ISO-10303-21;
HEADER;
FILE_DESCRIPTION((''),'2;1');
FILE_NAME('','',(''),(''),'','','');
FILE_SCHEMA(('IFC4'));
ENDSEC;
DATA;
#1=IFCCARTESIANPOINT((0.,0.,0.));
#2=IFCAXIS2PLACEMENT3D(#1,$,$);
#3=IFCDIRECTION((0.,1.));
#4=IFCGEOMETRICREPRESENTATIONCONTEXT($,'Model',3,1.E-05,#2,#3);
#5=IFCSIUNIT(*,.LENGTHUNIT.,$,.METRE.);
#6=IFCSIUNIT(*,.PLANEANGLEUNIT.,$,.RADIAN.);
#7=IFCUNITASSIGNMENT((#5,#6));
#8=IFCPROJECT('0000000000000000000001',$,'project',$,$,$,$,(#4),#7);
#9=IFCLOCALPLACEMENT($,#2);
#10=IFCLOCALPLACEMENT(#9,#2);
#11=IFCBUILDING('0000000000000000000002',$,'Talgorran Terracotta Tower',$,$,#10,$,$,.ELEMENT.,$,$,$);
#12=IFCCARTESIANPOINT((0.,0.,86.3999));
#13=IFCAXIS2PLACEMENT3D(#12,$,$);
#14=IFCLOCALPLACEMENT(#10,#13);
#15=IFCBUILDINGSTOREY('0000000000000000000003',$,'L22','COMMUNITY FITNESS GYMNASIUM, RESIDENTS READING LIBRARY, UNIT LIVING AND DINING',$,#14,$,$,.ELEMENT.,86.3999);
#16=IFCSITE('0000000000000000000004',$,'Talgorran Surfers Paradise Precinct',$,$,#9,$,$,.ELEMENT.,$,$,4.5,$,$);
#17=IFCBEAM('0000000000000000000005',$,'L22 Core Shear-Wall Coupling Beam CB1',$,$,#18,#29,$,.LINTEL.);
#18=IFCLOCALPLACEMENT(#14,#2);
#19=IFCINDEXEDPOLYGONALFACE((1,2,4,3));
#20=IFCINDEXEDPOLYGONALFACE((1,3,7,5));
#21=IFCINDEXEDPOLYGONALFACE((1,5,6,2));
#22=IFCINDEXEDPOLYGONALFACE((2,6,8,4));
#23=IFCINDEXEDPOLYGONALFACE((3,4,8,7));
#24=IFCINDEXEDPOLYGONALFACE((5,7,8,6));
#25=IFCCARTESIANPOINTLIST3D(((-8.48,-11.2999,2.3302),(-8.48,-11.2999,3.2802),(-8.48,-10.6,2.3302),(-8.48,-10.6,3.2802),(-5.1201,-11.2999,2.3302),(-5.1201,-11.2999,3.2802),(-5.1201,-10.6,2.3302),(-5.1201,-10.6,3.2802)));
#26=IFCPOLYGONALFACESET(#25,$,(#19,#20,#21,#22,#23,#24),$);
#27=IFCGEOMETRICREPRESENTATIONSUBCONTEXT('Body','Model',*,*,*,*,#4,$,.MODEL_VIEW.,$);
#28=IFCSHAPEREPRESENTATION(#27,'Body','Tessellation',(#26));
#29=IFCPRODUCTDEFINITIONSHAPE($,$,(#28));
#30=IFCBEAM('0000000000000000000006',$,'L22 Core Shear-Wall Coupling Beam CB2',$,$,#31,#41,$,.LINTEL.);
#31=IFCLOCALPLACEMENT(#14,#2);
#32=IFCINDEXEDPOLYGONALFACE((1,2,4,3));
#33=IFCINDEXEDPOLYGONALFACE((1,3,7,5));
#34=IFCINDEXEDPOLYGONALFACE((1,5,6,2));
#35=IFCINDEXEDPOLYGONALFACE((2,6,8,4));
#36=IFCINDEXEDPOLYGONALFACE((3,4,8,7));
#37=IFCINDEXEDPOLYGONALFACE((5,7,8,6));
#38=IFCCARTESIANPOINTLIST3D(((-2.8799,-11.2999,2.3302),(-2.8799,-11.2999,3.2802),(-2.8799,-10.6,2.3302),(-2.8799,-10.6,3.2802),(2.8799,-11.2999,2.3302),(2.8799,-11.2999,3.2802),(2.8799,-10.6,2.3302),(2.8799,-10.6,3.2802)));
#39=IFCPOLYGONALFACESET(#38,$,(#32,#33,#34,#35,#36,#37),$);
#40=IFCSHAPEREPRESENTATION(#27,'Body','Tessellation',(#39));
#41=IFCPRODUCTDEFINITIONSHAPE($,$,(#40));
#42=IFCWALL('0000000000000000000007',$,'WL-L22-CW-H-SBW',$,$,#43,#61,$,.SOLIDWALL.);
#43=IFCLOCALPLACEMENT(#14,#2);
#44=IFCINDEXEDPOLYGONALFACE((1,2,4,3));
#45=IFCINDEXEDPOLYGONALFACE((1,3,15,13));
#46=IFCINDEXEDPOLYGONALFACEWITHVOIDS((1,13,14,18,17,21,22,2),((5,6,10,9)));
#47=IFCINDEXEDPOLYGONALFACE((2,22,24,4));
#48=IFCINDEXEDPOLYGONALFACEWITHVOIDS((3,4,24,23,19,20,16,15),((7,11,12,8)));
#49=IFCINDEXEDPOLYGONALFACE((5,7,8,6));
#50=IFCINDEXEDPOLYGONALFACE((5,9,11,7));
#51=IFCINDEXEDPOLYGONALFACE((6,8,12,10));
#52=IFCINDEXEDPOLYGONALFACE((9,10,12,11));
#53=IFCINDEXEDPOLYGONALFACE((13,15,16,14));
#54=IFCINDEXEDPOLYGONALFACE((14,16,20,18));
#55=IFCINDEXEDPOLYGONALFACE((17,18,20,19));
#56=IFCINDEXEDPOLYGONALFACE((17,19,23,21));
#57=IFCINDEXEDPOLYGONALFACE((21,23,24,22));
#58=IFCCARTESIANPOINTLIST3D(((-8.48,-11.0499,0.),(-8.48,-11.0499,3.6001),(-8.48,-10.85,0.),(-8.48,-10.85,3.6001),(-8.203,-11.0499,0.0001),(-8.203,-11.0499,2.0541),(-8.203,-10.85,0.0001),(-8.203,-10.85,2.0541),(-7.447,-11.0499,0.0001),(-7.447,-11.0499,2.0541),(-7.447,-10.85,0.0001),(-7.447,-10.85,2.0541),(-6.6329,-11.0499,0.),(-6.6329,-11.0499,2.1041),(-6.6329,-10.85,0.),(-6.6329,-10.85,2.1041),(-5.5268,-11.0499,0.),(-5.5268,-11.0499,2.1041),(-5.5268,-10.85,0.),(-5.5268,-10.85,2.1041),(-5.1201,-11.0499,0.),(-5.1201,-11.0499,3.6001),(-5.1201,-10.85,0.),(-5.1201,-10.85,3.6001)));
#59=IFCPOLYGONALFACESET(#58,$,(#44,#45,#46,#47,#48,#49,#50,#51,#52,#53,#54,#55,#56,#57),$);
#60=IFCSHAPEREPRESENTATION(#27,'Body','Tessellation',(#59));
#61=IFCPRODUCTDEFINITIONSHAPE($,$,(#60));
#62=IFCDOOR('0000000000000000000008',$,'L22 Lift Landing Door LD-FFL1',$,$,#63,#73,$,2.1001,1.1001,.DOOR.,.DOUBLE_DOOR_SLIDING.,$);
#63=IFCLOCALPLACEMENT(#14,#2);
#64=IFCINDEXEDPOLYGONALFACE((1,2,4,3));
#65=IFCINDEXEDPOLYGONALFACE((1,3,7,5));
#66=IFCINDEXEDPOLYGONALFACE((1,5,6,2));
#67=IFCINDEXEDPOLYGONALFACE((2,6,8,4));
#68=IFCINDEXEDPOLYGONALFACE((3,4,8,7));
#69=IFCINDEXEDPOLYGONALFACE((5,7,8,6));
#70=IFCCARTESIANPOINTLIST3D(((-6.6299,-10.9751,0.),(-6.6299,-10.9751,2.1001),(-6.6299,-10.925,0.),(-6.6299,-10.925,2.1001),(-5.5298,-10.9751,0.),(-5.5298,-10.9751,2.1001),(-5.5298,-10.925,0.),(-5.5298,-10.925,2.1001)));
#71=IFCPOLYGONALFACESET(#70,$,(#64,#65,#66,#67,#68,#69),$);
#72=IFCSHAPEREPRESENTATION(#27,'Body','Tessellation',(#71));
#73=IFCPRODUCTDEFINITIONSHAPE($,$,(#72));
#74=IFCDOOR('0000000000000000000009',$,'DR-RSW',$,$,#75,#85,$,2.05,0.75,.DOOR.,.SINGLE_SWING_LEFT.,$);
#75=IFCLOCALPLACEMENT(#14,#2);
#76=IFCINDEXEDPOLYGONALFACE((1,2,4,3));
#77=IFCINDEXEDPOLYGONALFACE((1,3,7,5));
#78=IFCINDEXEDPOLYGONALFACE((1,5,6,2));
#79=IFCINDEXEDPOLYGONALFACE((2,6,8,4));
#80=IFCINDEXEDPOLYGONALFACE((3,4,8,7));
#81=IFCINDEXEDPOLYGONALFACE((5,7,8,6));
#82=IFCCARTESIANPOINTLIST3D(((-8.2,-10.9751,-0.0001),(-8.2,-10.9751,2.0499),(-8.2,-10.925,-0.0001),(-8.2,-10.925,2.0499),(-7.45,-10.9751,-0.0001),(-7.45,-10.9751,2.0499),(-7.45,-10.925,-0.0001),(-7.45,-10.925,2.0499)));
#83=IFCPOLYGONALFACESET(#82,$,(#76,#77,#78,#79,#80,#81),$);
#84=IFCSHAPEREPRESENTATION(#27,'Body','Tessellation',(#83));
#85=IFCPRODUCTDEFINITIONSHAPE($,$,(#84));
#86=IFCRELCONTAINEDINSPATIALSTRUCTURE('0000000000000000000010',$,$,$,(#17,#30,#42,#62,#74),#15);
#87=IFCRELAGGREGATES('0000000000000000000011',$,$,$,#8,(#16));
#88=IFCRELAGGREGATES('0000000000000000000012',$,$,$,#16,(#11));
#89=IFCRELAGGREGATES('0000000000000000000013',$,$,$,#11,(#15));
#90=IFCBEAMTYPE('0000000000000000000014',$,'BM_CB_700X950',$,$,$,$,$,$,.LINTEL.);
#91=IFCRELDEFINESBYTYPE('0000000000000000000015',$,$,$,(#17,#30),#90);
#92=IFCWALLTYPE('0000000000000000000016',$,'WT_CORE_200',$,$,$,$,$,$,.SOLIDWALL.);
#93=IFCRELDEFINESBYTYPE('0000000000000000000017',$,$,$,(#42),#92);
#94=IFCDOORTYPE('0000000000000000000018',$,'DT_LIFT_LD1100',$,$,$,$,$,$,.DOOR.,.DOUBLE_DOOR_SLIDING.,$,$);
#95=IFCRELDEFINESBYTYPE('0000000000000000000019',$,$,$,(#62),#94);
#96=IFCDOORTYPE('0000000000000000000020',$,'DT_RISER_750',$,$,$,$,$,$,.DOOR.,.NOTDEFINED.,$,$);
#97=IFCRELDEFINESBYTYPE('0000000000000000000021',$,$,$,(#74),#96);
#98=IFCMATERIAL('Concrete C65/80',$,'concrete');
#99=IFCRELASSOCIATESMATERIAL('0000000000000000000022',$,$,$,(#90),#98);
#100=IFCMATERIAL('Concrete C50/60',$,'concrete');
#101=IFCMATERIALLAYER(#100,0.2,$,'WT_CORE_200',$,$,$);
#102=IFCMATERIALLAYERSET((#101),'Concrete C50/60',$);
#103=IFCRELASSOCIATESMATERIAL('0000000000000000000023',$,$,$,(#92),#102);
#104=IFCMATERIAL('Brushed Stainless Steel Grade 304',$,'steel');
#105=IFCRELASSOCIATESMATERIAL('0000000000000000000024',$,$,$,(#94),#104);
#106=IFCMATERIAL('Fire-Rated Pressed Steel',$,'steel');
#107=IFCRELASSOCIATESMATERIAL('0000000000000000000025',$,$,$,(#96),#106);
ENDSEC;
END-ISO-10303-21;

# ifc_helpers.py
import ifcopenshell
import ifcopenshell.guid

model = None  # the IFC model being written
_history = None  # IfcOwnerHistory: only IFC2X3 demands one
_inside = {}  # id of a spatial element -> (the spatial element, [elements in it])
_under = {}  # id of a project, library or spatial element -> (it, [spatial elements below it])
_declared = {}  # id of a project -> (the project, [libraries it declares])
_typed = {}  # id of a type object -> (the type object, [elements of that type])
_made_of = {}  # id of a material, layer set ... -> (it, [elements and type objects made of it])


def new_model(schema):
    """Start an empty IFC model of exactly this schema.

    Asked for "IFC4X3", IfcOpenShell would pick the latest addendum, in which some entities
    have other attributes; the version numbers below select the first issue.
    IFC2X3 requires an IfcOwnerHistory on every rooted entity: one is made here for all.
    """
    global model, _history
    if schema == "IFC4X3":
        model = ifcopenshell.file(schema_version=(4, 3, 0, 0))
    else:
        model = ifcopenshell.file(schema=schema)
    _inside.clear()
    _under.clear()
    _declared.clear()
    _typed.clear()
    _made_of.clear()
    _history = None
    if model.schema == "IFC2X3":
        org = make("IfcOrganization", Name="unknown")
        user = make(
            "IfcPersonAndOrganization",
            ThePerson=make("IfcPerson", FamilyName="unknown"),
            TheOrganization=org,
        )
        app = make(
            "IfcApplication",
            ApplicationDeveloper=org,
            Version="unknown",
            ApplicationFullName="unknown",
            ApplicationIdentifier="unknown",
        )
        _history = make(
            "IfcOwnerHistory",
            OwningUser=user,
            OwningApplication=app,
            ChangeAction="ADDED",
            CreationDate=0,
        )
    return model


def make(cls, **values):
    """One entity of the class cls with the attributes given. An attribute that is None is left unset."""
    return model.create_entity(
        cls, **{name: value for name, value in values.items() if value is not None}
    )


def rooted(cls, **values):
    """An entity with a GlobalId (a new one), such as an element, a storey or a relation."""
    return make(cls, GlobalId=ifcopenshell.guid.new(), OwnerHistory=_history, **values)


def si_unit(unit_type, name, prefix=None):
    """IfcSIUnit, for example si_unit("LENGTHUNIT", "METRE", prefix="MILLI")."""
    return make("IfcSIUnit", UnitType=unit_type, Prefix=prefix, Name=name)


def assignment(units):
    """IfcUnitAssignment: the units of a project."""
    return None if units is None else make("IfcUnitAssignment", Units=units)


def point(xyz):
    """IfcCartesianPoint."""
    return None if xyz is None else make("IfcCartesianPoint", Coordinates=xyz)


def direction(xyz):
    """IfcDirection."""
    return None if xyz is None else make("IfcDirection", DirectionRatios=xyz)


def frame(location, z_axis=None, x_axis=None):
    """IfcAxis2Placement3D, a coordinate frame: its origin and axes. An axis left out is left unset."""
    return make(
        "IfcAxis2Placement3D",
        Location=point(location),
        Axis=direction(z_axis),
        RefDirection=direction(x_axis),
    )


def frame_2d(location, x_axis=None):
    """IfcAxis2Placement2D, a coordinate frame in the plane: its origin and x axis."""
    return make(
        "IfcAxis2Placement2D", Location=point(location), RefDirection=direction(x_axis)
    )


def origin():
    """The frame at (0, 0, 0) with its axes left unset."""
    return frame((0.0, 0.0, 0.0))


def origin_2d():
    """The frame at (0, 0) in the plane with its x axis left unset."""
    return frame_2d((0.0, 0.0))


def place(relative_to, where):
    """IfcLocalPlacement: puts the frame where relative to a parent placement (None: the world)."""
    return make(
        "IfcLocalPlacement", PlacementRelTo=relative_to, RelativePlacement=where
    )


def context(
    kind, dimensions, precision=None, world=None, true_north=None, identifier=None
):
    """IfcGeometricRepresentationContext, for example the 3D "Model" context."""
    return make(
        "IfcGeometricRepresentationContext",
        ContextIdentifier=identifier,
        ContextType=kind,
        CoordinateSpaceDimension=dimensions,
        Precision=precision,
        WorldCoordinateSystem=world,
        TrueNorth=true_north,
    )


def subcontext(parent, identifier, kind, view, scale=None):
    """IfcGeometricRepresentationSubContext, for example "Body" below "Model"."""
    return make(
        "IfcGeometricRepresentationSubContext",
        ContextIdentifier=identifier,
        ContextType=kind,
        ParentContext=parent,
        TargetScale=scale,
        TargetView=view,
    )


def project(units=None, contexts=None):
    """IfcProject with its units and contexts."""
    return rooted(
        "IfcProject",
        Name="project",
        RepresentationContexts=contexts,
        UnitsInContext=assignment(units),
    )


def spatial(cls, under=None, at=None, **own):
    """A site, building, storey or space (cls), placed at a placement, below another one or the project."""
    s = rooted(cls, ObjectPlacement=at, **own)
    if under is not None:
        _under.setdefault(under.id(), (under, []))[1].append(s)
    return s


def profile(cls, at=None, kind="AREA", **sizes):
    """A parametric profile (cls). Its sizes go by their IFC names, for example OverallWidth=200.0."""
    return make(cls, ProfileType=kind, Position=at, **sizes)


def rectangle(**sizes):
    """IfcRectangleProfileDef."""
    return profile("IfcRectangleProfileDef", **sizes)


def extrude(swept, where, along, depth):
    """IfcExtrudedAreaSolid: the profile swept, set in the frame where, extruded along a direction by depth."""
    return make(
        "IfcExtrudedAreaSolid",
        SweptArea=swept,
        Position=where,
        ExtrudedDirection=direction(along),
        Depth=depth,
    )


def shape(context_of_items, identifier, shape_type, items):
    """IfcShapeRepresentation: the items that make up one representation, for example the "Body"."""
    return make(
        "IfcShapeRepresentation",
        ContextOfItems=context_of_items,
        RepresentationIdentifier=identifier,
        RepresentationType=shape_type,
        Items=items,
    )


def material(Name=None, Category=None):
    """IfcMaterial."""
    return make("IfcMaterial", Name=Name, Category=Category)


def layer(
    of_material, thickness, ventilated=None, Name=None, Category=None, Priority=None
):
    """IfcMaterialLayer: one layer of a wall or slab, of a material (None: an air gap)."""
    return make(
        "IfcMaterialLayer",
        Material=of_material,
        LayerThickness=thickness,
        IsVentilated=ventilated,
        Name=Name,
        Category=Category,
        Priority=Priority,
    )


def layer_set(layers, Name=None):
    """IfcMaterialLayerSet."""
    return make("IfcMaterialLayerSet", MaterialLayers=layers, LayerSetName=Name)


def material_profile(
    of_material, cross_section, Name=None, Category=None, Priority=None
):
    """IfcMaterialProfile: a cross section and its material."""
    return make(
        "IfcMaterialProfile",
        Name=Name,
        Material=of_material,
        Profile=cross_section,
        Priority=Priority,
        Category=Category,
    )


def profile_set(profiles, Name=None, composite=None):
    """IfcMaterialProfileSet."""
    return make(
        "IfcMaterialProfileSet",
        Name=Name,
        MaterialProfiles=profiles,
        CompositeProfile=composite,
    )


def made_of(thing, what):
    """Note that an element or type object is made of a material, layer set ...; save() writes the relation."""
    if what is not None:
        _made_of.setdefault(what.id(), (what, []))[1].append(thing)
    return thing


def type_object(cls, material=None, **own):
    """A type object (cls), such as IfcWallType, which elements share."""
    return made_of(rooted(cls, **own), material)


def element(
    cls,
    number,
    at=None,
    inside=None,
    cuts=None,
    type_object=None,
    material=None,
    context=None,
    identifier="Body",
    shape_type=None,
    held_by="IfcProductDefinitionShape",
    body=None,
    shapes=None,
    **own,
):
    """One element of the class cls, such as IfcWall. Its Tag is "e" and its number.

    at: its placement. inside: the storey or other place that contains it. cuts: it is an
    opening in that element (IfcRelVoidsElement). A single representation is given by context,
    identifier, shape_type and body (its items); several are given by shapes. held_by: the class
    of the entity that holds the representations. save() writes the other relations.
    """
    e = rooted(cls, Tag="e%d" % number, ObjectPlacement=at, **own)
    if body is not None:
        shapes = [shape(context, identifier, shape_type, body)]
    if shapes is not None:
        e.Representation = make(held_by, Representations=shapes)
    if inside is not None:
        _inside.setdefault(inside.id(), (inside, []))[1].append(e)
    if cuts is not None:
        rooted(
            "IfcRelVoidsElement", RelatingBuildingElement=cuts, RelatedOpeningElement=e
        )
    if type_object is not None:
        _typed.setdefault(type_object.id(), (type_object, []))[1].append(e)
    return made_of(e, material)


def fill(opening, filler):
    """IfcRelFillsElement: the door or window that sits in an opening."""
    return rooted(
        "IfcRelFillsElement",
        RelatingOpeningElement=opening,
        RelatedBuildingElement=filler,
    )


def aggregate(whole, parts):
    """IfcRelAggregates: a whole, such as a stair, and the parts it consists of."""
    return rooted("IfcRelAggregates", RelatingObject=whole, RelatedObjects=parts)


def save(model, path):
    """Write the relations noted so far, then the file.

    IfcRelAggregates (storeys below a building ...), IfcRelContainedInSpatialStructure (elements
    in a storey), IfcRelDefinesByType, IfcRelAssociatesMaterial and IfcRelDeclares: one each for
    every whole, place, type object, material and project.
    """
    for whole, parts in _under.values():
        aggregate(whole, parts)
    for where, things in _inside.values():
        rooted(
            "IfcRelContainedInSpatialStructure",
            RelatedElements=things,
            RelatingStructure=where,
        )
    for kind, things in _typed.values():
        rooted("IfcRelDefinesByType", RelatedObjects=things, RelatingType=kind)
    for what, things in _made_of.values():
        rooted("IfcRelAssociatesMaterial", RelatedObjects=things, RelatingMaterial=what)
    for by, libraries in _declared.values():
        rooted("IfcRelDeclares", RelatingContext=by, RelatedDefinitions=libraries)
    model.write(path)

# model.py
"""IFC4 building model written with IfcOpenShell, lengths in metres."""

from ifc_helpers import new_model, si_unit, direction, frame, frame_2d, origin, origin_2d, place, context, subcontext, project, spatial, rectangle, extrude, material, layer, layer_set, material_profile, profile_set, type_object, element, fill, save


model = new_model("IFC4")

# Units and contexts
model_context = context("Model", 3, precision=1e-05, world=origin(), true_north=direction((0.0, 1.0)))
body_context = subcontext(model_context, "Body", "Model", "MODEL_VIEW")
ifc_project = project(units=[si_unit("LENGTHUNIT", "METRE"), si_unit("PLANEANGLEUNIT", "RADIAN")], contexts=[model_context])

# Site, building, storey
site_placement = place(None, origin())
site = spatial("IfcSite", under=ifc_project, at=site_placement, Name="Talgorran Surfers Paradise Precinct", CompositionType="ELEMENT", RefElevation=4.5)
building_placement = place(site_placement, origin())
building = spatial("IfcBuilding", under=site, at=building_placement, Name="Talgorran Terracotta Tower", CompositionType="ELEMENT")
storey_placement = place(building_placement, frame((0.0, 0.0, 86.3999)))
storey = spatial("IfcBuildingStorey", under=building, at=storey_placement, Name="L22", Description="COMMUNITY FITNESS GYMNASIUM, RESIDENTS READING LIBRARY, UNIT LIVING AND DINING", CompositionType="ELEMENT", Elevation=86.3999)

# Beams
ifc_material_1 = material(Name="Concrete C65/80", Category="concrete")
ifc_material_profile = material_profile(ifc_material_1, rectangle(XDim=0.7, YDim=0.95, at=origin_2d()), Name="RCCB700X950")
ifc_profile_set = profile_set([ifc_material_profile], Name="Concrete C65/80")
beam_type = type_object("IfcBeamType", Name="BM_CB_700X950", PredefinedType="LINTEL", material=ifc_profile_set)
beam_1_placement = place(storey_placement, frame((-8.48, -10.95, 2.8052), z_axis=(1.0, 0.0, 0.0), x_axis=(0.0, 1.0, 0.0)))
element("IfcBeam", 1, at=beam_1_placement, inside=storey, type_object=beam_type, Name="L22 Core Shear-Wall Coupling Beam CB1", PredefinedType="LINTEL", context=body_context, shape_type="SweptSolid", body=[
    extrude(rectangle(XDim=0.7, YDim=0.95, at=origin_2d()), origin(), (0.0, 0.0, 1.0), 3.3599),
])
beam_2_placement = place(storey_placement, frame((-2.8799, -10.95, 2.8052), z_axis=(1.0, 0.0, 0.0), x_axis=(0.0, 1.0, 0.0)))
element("IfcBeam", 2, at=beam_2_placement, inside=storey, type_object=beam_type, Name="L22 Core Shear-Wall Coupling Beam CB2", PredefinedType="LINTEL", context=body_context, shape_type="SweptSolid", body=[
    extrude(rectangle(XDim=0.7, YDim=0.95, at=origin_2d()), origin(), (0.0, 0.0, 1.0), 5.7598),
])

# Wall, openings, doors
ifc_material_2 = material(Name="Concrete C50/60", Category="concrete")
ifc_layer_1 = layer(ifc_material_2, 0.2, Name="WT_CORE_200")
ifc_layer_set_1 = layer_set([ifc_layer_1], Name="Concrete C50/60")
wall_type_1 = type_object("IfcWallType", Name="WT_CORE_200", PredefinedType="SOLIDWALL", material=ifc_layer_set_1)
wall_1_placement = place(storey_placement, frame((-8.48, -10.95, 0.0), z_axis=(0.0, 0.0, 1.0), x_axis=(1.0, 0.0, 0.0)))
wall_1 = element("IfcWall", 3, at=wall_1_placement, inside=storey, type_object=wall_type_1, Name="WL-L22-CW-H-SBW", PredefinedType="SOLIDWALL", context=body_context, shape_type="SweptSolid", body=[
    extrude(rectangle(XDim=3.3599, YDim=0.2, at=frame_2d((1.6799, 0.0))), origin(), (0.0, 0.0, 1.0), 3.6001),
])
opening_1_placement = place(wall_1_placement, frame((0.28, 0.0, 0.0)))
opening_1 = element("IfcOpeningElement", 4, at=opening_1_placement, cuts=wall_1, PredefinedType="OPENING", context=body_context, shape_type="SweptSolid", body=[
    extrude(rectangle(XDim=0.756, YDim=2.054, at=frame_2d((0.375, 1.0271))), frame((0.0, 0.1099, 0.0), z_axis=(0.0, -1.0, 0.0), x_axis=(1.0, 0.0, 0.0)), (0.0, 0.0, 1.0), 0.22),
])
opening_2_placement = place(wall_1_placement, frame((1.8501, 0.0, 0.0)))
opening_2 = element("IfcOpeningElement", 5, at=opening_2_placement, cuts=wall_1, PredefinedType="OPENING", context=body_context, shape_type="SweptSolid", body=[
    extrude(rectangle(XDim=1.1061, YDim=2.1041, at=frame_2d((0.55, 1.052))), frame((0.0, 0.1099, 0.0), z_axis=(0.0, -1.0, 0.0), x_axis=(1.0, 0.0, 0.0)), (0.0, 0.0, 1.0), 0.22),
])
ifc_material_3 = material(Name="Brushed Stainless Steel Grade 304", Category="steel")
door_type_1 = type_object("IfcDoorType", Name="DT_LIFT_LD1100", OperationType="DOUBLE_DOOR_SLIDING", PredefinedType="DOOR", material=ifc_material_3)
door_1_placement = place(opening_2_placement, origin())
door_1 = element("IfcDoor", 6, at=door_1_placement, inside=storey, type_object=door_type_1, Name="L22 Lift Landing Door LD-FFL1", OperationType="DOUBLE_DOOR_SLIDING", OverallHeight=2.1001, OverallWidth=1.1001, PredefinedType="DOOR", context=body_context, shape_type="SweptSolid", body=[
    extrude(rectangle(XDim=1.1001, YDim=2.1001, at=frame_2d((0.55, 1.05))), frame((0.0, 0.0249, 0.0), z_axis=(0.0, -1.0, 0.0), x_axis=(1.0, 0.0, 0.0)), (0.0, 0.0, 1.0), 0.05),
])
fill(opening_2, door_1)
ifc_material_4 = material(Name="Fire-Rated Pressed Steel", Category="steel")
door_type_2 = type_object("IfcDoorType", Name="DT_RISER_750", OperationType="NOTDEFINED", PredefinedType="DOOR", material=ifc_material_4)
door_2_placement = place(opening_1_placement, origin())
door_2 = element("IfcDoor", 7, at=door_2_placement, inside=storey, type_object=door_type_2, Name="DR-RSW", OperationType="SINGLE_SWING_LEFT", OverallHeight=2.05, OverallWidth=0.75, PredefinedType="DOOR", context=body_context, shape_type="SweptSolid", body=[
    extrude(rectangle(XDim=0.75, YDim=2.05, at=frame_2d((0.375, 1.0249))), frame((0.0, 0.0249, 0.0), z_axis=(0.0, -1.0, 0.0), x_axis=(1.0, 0.0, 0.0)), (0.0, 0.0, 1.0), 0.05),
])
fill(opening_1, door_2)

save(model, "model.ifc")
